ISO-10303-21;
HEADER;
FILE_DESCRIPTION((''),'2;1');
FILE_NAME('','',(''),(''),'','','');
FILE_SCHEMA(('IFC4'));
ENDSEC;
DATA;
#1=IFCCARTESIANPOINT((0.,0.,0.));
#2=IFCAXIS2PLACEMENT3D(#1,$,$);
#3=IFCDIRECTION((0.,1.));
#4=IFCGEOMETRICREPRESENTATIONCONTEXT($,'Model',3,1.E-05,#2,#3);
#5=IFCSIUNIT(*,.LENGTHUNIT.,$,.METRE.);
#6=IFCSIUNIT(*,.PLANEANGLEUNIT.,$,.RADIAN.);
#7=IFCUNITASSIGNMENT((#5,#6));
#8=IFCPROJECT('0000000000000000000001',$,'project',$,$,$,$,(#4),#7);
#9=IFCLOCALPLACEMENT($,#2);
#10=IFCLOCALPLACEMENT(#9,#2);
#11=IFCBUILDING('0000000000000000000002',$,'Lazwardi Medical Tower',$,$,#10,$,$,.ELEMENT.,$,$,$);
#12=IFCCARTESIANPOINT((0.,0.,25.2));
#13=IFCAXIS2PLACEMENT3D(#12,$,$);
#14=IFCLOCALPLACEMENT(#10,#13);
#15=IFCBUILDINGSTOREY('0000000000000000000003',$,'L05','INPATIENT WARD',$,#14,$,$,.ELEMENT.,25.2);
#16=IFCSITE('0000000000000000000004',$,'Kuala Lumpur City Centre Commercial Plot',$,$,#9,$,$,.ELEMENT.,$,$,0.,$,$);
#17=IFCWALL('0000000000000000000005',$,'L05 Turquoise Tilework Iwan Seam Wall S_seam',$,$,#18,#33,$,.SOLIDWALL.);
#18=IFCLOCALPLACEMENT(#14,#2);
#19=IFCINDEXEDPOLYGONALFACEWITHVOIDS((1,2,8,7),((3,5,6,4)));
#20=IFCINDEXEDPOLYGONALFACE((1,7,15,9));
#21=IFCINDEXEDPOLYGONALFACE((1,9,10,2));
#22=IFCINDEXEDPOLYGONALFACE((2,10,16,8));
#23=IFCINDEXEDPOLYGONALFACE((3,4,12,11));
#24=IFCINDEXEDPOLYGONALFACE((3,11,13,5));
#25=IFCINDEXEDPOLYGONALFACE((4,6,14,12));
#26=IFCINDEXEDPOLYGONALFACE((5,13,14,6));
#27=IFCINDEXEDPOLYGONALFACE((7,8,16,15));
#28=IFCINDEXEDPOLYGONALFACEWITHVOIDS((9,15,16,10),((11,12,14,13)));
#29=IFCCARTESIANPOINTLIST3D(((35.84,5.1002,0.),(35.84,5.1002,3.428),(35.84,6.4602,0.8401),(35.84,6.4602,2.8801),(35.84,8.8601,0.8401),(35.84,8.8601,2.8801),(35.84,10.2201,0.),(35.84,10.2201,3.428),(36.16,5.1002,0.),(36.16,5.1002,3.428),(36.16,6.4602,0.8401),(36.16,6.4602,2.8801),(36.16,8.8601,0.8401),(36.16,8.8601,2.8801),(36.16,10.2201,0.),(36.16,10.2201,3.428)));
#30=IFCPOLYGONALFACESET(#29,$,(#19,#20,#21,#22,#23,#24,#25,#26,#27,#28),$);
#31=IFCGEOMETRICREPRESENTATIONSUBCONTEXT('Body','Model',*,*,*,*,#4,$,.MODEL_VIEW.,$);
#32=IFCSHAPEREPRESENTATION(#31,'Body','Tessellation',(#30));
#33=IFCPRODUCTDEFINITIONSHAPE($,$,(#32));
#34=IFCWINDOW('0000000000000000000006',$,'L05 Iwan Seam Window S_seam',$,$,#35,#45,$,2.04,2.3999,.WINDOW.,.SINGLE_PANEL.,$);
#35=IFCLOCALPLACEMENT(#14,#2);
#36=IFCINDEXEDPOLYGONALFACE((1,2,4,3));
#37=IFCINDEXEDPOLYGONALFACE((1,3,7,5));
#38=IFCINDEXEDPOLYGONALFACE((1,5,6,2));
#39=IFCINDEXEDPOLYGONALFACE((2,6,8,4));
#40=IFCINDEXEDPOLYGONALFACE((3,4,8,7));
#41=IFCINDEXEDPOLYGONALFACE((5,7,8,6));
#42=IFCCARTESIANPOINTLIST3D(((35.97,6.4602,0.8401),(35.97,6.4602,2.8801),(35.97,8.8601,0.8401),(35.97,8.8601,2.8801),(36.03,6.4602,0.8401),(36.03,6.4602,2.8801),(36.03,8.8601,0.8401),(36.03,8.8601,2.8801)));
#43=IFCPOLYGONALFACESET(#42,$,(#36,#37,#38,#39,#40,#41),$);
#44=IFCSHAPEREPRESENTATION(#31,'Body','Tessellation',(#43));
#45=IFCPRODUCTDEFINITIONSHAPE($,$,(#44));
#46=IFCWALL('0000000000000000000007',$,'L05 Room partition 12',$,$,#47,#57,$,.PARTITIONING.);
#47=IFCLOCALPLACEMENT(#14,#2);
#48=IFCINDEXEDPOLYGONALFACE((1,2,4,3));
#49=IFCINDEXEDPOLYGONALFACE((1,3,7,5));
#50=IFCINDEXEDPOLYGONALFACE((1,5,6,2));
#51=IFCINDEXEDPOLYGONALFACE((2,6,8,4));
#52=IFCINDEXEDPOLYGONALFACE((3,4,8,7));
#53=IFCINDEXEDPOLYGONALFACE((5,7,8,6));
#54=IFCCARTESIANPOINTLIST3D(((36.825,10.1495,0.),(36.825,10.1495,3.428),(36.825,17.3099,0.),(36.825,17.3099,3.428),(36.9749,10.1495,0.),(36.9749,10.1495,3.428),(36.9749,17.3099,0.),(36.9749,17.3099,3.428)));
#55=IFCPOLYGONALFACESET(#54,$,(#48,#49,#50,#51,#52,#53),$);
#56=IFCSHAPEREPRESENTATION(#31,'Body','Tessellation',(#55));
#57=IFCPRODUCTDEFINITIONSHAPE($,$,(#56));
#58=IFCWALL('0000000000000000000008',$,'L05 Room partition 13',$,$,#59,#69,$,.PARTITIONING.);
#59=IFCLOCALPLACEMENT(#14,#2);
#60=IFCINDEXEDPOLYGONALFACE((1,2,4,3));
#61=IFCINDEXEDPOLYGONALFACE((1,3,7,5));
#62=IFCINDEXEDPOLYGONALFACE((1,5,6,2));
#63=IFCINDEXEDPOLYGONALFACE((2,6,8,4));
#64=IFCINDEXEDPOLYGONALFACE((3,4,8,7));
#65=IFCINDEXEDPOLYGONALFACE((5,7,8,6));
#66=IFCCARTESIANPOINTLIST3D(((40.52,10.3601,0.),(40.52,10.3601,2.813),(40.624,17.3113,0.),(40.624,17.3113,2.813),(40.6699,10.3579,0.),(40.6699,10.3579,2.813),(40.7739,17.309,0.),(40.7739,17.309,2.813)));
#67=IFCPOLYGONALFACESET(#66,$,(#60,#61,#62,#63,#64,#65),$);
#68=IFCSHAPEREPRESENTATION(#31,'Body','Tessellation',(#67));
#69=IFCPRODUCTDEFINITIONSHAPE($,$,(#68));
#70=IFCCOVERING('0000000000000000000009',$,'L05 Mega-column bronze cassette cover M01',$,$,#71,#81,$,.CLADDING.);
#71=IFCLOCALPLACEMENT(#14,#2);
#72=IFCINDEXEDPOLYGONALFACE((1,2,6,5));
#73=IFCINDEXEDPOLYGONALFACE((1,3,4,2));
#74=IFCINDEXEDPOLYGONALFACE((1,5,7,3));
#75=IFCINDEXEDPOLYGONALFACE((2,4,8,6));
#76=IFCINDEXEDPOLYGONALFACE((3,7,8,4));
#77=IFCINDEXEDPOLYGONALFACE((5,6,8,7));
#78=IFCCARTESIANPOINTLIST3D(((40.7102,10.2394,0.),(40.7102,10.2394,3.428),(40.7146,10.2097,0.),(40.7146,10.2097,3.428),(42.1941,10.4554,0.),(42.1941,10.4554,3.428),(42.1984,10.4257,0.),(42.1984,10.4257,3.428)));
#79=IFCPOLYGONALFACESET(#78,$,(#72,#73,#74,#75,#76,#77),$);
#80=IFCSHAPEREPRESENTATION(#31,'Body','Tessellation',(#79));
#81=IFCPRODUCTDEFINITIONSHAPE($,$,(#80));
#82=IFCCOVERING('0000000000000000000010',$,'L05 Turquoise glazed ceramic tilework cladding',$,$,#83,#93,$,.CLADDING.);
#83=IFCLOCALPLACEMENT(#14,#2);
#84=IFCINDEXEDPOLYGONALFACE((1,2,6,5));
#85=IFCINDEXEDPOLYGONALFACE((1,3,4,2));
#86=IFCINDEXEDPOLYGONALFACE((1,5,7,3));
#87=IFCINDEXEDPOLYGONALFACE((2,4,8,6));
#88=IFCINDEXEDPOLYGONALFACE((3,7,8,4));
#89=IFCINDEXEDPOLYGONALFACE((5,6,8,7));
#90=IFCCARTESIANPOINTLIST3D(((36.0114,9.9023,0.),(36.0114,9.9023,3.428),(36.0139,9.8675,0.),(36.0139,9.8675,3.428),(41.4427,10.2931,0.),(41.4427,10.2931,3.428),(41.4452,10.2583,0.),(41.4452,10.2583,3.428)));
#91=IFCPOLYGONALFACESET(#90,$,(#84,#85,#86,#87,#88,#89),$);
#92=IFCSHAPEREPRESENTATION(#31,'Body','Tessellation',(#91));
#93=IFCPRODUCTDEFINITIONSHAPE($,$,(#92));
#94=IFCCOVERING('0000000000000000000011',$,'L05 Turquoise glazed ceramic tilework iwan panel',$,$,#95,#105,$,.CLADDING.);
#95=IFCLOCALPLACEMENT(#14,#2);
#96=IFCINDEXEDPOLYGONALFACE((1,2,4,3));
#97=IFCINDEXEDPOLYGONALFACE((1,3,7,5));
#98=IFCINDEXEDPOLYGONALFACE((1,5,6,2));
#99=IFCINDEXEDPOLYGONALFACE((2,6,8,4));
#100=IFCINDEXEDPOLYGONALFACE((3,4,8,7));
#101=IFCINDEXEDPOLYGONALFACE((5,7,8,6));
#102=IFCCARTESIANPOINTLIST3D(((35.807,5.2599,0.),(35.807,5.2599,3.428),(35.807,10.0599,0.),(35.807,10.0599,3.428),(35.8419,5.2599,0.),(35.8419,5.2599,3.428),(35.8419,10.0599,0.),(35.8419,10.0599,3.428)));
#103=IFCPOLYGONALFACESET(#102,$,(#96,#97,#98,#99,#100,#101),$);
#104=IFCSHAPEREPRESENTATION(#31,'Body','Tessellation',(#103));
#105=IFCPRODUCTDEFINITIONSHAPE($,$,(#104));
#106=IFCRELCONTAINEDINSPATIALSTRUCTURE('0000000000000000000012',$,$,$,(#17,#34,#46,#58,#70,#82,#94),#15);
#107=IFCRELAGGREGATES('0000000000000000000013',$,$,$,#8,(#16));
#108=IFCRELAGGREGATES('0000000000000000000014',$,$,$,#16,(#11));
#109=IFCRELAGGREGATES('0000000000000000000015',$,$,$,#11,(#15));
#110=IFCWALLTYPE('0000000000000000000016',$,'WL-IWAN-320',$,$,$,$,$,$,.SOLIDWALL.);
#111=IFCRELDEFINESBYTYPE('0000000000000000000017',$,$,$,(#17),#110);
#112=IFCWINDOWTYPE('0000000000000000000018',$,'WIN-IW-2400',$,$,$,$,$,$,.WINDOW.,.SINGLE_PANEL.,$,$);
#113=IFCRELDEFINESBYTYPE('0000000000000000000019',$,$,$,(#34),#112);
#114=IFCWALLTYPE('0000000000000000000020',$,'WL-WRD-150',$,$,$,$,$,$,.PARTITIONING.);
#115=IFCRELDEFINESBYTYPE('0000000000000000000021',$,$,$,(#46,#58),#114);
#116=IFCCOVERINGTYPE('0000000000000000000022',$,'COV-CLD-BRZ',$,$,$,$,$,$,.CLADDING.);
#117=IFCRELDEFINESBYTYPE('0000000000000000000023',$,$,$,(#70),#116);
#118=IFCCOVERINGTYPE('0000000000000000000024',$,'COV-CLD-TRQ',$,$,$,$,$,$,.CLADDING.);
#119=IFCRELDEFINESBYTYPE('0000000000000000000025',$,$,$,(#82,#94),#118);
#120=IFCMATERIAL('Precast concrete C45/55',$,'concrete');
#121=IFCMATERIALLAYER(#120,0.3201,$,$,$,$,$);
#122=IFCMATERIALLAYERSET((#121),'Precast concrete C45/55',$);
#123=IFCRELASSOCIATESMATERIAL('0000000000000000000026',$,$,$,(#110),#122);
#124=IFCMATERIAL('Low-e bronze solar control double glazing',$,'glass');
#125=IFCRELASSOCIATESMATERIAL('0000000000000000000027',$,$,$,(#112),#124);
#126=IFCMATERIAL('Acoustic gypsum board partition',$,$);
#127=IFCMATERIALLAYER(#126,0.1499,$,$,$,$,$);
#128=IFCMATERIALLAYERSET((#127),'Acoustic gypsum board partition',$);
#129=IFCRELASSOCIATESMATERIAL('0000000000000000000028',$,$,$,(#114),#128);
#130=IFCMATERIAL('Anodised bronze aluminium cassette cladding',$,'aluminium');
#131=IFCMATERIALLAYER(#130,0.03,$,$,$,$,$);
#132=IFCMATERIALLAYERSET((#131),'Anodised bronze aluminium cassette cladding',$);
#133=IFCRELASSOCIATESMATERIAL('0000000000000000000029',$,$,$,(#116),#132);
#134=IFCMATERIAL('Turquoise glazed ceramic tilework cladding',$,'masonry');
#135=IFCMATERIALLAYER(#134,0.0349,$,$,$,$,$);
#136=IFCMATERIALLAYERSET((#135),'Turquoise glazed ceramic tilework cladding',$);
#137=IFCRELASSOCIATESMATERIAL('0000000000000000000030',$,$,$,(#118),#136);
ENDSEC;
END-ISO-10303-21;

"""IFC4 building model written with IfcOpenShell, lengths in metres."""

from ifc_helpers import new_model, si_unit, direction, frame, frame_2d, origin, origin_2d, place, context, subcontext, project, spatial, rectangle, extrude, material, layer, layer_set, type_object, element, fill, save


model = new_model("IFC4")

# Units and contexts
model_context = context("Model", 3, precision=1e-05, world=origin(), true_north=direction((0.0, 1.0)))
body_context = subcontext(model_context, "Body", "Model", "MODEL_VIEW")
ifc_project = project(units=[si_unit("LENGTHUNIT", "METRE"), si_unit("PLANEANGLEUNIT", "RADIAN")], contexts=[model_context])

# Site, building, storey
site_placement = place(None, origin())
site = spatial("IfcSite", under=ifc_project, at=site_placement, Name="Kuala Lumpur City Centre Commercial Plot", CompositionType="ELEMENT", RefElevation=0.0)
building_placement = place(site_placement, origin())
building = spatial("IfcBuilding", under=site, at=building_placement, Name="Lazwardi Medical Tower", CompositionType="ELEMENT")
storey_placement = place(building_placement, frame((0.0, 0.0, 25.2)))
storey = spatial("IfcBuildingStorey", under=building, at=storey_placement, Name="L05", Description="INPATIENT WARD", CompositionType="ELEMENT", Elevation=25.2)

# Shared definitions
ifc_material_1 = material(Name="Low-e bronze solar control double glazing", Category="glass")

# Wall, opening, window
ifc_material_2 = material(Name="Precast concrete C45/55", Category="concrete")
ifc_layer_1 = layer(ifc_material_2, 0.3201)
ifc_layer_set_1 = layer_set([ifc_layer_1], Name="Precast concrete C45/55")
wall_type_1 = type_object("IfcWallType", Name="WL-IWAN-320", PredefinedType="SOLIDWALL", material=ifc_layer_set_1)
wall_1_placement = place(storey_placement, frame((36.0, 5.1001, 0.0), z_axis=(0.0, 0.0, 1.0), x_axis=(0.0, 1.0, 0.0)))
wall_1 = element("IfcWall", 1, at=wall_1_placement, inside=storey, type_object=wall_type_1, Name="L05 Turquoise Tilework Iwan Seam Wall S_seam", PredefinedType="SOLIDWALL", context=body_context, shape_type="SweptSolid", body=[
    extrude(rectangle(XDim=5.1199, YDim=0.3201, at=frame_2d((2.5601, 0.0))), origin(), (0.0, 0.0, 1.0), 3.428),
])
opening_1_placement = place(wall_1_placement, frame((1.3601, 0.0, 0.8401)))
opening_1 = element("IfcOpeningElement", 2, at=opening_1_placement, cuts=wall_1, PredefinedType="OPENING", context=body_context, shape_type="SweptSolid", body=[
    extrude(rectangle(XDim=2.3999, YDim=2.04, at=frame_2d((1.2, 1.02))), frame((0.0, 0.1699, 0.0), z_axis=(0.0, -1.0, 0.0), x_axis=(1.0, 0.0, 0.0)), (0.0, 0.0, 1.0), 0.3401),
])
window_type_1 = type_object("IfcWindowType", Name="WIN-IW-2400", PartitioningType="SINGLE_PANEL", PredefinedType="WINDOW", material=ifc_material_1)
window_1_placement = place(opening_1_placement, origin())
window_1 = element("IfcWindow", 3, at=window_1_placement, inside=storey, type_object=window_type_1, Name="L05 Iwan Seam Window S_seam", OverallHeight=2.04, OverallWidth=2.3999, PartitioningType="SINGLE_PANEL", PredefinedType="WINDOW", context=body_context, shape_type="SweptSolid", body=[
    extrude(rectangle(XDim=2.3999, YDim=2.04, at=frame_2d((1.2, 1.02))), frame((0.0, 0.03, 0.0), z_axis=(0.0, -1.0, 0.0), x_axis=(1.0, 0.0, 0.0)), (0.0, 0.0, 1.0), 0.0601),
])
fill(opening_1, window_1)

# Walls
ifc_material_3 = material(Name="Acoustic gypsum board partition")
ifc_layer_2 = layer(ifc_material_3, 0.1499)
ifc_layer_set_2 = layer_set([ifc_layer_2], Name="Acoustic gypsum board partition")
wall_type_2 = type_object("IfcWallType", Name="WL-WRD-150", PredefinedType="PARTITIONING", material=ifc_layer_set_2)
wall_2_placement = place(storey_placement, frame((36.8999, 10.1497, 0.0), z_axis=(0.0, 0.0, 1.0), x_axis=(0.0, 1.0, 0.0)))
element("IfcWall", 4, at=wall_2_placement, inside=storey, type_object=wall_type_2, Name="L05 Room partition 12", PredefinedType="PARTITIONING", context=body_context, shape_type="SweptSolid", body=[
    extrude(rectangle(XDim=7.1604, YDim=0.1499, at=frame_2d((3.5801, 0.0))), origin(), (0.0, 0.0, 1.0), 3.428),
])
wall_3_placement = place(storey_placement, frame((40.595, 10.3589, 0.0), z_axis=(0.0, 0.0, 1.0), x_axis=(0.01496, 0.999888, 0.0)))
element("IfcWall", 5, at=wall_3_placement, inside=storey, type_object=wall_type_2, Name="L05 Room partition 13", PredefinedType="PARTITIONING", context=body_context, shape_type="SweptSolid", body=[
    extrude(rectangle(XDim=6.9519, YDim=0.1499, at=frame_2d((3.4761, 0.0))), origin(), (0.0, 0.0, 1.0), 2.813),
])

# Coverings
ifc_material_4 = material(Name="Anodised bronze aluminium cassette cladding", Category="aluminium")
ifc_layer_3 = layer(ifc_material_4, 0.03)
ifc_layer_set_3 = layer_set([ifc_layer_3], Name="Anodised bronze aluminium cassette cladding")
covering_type_1 = type_object("IfcCoveringType", Name="COV-CLD-BRZ", PredefinedType="CLADDING", material=ifc_layer_set_3)
covering_1_placement = place(storey_placement, frame((41.4543, 10.3325, 0.0), z_axis=(0.0, 0.0, 1.0), x_axis=(0.989573, 0.144035, 0.0)))
element("IfcCovering", 6, at=covering_1_placement, inside=storey, type_object=covering_type_1, Name="L05 Mega-column bronze cassette cover M01", PredefinedType="CLADDING", context=body_context, shape_type="SweptSolid", body=[
    extrude(rectangle(XDim=1.4995, YDim=0.03, at=origin_2d()), origin(), (0.0, 0.0, 1.0), 3.428),
])
ifc_material_5 = material(Name="Turquoise glazed ceramic tilework cladding", Category="masonry")
ifc_layer_4 = layer(ifc_material_5, 0.0349)
ifc_layer_set_4 = layer_set([ifc_layer_4], Name="Turquoise glazed ceramic tilework cladding")
covering_type_2 = type_object("IfcCoveringType", Name="COV-CLD-TRQ", PredefinedType="CLADDING", material=ifc_layer_set_4)
covering_2_placement = place(storey_placement, frame((38.7283, 10.0803, 0.0), z_axis=(0.0, 0.0, 1.0), x_axis=(0.997421, 0.071767, 0.0)))
element("IfcCovering", 7, at=covering_2_placement, inside=storey, type_object=covering_type_2, Name="L05 Turquoise glazed ceramic tilework cladding", PredefinedType="CLADDING", context=body_context, shape_type="SweptSolid", body=[
    extrude(rectangle(XDim=5.4453, YDim=0.0349, at=origin_2d()), origin(), (0.0, 0.0, 1.0), 3.428),
])
covering_3_placement = place(storey_placement, frame((35.8245, 7.6599, 0.0), z_axis=(0.0, 0.0, 1.0), x_axis=(0.0, 1.0, 0.0)))
element("IfcCovering", 8, at=covering_3_placement, inside=storey, type_object=covering_type_2, Name="L05 Turquoise glazed ceramic tilework iwan panel", PredefinedType="CLADDING", context=body_context, shape_type="SweptSolid", body=[
    extrude(rectangle(XDim=4.8, YDim=0.0349, at=origin_2d()), origin(), (0.0, 0.0, 1.0), 3.428),
])

save(model, "model.ifc")
